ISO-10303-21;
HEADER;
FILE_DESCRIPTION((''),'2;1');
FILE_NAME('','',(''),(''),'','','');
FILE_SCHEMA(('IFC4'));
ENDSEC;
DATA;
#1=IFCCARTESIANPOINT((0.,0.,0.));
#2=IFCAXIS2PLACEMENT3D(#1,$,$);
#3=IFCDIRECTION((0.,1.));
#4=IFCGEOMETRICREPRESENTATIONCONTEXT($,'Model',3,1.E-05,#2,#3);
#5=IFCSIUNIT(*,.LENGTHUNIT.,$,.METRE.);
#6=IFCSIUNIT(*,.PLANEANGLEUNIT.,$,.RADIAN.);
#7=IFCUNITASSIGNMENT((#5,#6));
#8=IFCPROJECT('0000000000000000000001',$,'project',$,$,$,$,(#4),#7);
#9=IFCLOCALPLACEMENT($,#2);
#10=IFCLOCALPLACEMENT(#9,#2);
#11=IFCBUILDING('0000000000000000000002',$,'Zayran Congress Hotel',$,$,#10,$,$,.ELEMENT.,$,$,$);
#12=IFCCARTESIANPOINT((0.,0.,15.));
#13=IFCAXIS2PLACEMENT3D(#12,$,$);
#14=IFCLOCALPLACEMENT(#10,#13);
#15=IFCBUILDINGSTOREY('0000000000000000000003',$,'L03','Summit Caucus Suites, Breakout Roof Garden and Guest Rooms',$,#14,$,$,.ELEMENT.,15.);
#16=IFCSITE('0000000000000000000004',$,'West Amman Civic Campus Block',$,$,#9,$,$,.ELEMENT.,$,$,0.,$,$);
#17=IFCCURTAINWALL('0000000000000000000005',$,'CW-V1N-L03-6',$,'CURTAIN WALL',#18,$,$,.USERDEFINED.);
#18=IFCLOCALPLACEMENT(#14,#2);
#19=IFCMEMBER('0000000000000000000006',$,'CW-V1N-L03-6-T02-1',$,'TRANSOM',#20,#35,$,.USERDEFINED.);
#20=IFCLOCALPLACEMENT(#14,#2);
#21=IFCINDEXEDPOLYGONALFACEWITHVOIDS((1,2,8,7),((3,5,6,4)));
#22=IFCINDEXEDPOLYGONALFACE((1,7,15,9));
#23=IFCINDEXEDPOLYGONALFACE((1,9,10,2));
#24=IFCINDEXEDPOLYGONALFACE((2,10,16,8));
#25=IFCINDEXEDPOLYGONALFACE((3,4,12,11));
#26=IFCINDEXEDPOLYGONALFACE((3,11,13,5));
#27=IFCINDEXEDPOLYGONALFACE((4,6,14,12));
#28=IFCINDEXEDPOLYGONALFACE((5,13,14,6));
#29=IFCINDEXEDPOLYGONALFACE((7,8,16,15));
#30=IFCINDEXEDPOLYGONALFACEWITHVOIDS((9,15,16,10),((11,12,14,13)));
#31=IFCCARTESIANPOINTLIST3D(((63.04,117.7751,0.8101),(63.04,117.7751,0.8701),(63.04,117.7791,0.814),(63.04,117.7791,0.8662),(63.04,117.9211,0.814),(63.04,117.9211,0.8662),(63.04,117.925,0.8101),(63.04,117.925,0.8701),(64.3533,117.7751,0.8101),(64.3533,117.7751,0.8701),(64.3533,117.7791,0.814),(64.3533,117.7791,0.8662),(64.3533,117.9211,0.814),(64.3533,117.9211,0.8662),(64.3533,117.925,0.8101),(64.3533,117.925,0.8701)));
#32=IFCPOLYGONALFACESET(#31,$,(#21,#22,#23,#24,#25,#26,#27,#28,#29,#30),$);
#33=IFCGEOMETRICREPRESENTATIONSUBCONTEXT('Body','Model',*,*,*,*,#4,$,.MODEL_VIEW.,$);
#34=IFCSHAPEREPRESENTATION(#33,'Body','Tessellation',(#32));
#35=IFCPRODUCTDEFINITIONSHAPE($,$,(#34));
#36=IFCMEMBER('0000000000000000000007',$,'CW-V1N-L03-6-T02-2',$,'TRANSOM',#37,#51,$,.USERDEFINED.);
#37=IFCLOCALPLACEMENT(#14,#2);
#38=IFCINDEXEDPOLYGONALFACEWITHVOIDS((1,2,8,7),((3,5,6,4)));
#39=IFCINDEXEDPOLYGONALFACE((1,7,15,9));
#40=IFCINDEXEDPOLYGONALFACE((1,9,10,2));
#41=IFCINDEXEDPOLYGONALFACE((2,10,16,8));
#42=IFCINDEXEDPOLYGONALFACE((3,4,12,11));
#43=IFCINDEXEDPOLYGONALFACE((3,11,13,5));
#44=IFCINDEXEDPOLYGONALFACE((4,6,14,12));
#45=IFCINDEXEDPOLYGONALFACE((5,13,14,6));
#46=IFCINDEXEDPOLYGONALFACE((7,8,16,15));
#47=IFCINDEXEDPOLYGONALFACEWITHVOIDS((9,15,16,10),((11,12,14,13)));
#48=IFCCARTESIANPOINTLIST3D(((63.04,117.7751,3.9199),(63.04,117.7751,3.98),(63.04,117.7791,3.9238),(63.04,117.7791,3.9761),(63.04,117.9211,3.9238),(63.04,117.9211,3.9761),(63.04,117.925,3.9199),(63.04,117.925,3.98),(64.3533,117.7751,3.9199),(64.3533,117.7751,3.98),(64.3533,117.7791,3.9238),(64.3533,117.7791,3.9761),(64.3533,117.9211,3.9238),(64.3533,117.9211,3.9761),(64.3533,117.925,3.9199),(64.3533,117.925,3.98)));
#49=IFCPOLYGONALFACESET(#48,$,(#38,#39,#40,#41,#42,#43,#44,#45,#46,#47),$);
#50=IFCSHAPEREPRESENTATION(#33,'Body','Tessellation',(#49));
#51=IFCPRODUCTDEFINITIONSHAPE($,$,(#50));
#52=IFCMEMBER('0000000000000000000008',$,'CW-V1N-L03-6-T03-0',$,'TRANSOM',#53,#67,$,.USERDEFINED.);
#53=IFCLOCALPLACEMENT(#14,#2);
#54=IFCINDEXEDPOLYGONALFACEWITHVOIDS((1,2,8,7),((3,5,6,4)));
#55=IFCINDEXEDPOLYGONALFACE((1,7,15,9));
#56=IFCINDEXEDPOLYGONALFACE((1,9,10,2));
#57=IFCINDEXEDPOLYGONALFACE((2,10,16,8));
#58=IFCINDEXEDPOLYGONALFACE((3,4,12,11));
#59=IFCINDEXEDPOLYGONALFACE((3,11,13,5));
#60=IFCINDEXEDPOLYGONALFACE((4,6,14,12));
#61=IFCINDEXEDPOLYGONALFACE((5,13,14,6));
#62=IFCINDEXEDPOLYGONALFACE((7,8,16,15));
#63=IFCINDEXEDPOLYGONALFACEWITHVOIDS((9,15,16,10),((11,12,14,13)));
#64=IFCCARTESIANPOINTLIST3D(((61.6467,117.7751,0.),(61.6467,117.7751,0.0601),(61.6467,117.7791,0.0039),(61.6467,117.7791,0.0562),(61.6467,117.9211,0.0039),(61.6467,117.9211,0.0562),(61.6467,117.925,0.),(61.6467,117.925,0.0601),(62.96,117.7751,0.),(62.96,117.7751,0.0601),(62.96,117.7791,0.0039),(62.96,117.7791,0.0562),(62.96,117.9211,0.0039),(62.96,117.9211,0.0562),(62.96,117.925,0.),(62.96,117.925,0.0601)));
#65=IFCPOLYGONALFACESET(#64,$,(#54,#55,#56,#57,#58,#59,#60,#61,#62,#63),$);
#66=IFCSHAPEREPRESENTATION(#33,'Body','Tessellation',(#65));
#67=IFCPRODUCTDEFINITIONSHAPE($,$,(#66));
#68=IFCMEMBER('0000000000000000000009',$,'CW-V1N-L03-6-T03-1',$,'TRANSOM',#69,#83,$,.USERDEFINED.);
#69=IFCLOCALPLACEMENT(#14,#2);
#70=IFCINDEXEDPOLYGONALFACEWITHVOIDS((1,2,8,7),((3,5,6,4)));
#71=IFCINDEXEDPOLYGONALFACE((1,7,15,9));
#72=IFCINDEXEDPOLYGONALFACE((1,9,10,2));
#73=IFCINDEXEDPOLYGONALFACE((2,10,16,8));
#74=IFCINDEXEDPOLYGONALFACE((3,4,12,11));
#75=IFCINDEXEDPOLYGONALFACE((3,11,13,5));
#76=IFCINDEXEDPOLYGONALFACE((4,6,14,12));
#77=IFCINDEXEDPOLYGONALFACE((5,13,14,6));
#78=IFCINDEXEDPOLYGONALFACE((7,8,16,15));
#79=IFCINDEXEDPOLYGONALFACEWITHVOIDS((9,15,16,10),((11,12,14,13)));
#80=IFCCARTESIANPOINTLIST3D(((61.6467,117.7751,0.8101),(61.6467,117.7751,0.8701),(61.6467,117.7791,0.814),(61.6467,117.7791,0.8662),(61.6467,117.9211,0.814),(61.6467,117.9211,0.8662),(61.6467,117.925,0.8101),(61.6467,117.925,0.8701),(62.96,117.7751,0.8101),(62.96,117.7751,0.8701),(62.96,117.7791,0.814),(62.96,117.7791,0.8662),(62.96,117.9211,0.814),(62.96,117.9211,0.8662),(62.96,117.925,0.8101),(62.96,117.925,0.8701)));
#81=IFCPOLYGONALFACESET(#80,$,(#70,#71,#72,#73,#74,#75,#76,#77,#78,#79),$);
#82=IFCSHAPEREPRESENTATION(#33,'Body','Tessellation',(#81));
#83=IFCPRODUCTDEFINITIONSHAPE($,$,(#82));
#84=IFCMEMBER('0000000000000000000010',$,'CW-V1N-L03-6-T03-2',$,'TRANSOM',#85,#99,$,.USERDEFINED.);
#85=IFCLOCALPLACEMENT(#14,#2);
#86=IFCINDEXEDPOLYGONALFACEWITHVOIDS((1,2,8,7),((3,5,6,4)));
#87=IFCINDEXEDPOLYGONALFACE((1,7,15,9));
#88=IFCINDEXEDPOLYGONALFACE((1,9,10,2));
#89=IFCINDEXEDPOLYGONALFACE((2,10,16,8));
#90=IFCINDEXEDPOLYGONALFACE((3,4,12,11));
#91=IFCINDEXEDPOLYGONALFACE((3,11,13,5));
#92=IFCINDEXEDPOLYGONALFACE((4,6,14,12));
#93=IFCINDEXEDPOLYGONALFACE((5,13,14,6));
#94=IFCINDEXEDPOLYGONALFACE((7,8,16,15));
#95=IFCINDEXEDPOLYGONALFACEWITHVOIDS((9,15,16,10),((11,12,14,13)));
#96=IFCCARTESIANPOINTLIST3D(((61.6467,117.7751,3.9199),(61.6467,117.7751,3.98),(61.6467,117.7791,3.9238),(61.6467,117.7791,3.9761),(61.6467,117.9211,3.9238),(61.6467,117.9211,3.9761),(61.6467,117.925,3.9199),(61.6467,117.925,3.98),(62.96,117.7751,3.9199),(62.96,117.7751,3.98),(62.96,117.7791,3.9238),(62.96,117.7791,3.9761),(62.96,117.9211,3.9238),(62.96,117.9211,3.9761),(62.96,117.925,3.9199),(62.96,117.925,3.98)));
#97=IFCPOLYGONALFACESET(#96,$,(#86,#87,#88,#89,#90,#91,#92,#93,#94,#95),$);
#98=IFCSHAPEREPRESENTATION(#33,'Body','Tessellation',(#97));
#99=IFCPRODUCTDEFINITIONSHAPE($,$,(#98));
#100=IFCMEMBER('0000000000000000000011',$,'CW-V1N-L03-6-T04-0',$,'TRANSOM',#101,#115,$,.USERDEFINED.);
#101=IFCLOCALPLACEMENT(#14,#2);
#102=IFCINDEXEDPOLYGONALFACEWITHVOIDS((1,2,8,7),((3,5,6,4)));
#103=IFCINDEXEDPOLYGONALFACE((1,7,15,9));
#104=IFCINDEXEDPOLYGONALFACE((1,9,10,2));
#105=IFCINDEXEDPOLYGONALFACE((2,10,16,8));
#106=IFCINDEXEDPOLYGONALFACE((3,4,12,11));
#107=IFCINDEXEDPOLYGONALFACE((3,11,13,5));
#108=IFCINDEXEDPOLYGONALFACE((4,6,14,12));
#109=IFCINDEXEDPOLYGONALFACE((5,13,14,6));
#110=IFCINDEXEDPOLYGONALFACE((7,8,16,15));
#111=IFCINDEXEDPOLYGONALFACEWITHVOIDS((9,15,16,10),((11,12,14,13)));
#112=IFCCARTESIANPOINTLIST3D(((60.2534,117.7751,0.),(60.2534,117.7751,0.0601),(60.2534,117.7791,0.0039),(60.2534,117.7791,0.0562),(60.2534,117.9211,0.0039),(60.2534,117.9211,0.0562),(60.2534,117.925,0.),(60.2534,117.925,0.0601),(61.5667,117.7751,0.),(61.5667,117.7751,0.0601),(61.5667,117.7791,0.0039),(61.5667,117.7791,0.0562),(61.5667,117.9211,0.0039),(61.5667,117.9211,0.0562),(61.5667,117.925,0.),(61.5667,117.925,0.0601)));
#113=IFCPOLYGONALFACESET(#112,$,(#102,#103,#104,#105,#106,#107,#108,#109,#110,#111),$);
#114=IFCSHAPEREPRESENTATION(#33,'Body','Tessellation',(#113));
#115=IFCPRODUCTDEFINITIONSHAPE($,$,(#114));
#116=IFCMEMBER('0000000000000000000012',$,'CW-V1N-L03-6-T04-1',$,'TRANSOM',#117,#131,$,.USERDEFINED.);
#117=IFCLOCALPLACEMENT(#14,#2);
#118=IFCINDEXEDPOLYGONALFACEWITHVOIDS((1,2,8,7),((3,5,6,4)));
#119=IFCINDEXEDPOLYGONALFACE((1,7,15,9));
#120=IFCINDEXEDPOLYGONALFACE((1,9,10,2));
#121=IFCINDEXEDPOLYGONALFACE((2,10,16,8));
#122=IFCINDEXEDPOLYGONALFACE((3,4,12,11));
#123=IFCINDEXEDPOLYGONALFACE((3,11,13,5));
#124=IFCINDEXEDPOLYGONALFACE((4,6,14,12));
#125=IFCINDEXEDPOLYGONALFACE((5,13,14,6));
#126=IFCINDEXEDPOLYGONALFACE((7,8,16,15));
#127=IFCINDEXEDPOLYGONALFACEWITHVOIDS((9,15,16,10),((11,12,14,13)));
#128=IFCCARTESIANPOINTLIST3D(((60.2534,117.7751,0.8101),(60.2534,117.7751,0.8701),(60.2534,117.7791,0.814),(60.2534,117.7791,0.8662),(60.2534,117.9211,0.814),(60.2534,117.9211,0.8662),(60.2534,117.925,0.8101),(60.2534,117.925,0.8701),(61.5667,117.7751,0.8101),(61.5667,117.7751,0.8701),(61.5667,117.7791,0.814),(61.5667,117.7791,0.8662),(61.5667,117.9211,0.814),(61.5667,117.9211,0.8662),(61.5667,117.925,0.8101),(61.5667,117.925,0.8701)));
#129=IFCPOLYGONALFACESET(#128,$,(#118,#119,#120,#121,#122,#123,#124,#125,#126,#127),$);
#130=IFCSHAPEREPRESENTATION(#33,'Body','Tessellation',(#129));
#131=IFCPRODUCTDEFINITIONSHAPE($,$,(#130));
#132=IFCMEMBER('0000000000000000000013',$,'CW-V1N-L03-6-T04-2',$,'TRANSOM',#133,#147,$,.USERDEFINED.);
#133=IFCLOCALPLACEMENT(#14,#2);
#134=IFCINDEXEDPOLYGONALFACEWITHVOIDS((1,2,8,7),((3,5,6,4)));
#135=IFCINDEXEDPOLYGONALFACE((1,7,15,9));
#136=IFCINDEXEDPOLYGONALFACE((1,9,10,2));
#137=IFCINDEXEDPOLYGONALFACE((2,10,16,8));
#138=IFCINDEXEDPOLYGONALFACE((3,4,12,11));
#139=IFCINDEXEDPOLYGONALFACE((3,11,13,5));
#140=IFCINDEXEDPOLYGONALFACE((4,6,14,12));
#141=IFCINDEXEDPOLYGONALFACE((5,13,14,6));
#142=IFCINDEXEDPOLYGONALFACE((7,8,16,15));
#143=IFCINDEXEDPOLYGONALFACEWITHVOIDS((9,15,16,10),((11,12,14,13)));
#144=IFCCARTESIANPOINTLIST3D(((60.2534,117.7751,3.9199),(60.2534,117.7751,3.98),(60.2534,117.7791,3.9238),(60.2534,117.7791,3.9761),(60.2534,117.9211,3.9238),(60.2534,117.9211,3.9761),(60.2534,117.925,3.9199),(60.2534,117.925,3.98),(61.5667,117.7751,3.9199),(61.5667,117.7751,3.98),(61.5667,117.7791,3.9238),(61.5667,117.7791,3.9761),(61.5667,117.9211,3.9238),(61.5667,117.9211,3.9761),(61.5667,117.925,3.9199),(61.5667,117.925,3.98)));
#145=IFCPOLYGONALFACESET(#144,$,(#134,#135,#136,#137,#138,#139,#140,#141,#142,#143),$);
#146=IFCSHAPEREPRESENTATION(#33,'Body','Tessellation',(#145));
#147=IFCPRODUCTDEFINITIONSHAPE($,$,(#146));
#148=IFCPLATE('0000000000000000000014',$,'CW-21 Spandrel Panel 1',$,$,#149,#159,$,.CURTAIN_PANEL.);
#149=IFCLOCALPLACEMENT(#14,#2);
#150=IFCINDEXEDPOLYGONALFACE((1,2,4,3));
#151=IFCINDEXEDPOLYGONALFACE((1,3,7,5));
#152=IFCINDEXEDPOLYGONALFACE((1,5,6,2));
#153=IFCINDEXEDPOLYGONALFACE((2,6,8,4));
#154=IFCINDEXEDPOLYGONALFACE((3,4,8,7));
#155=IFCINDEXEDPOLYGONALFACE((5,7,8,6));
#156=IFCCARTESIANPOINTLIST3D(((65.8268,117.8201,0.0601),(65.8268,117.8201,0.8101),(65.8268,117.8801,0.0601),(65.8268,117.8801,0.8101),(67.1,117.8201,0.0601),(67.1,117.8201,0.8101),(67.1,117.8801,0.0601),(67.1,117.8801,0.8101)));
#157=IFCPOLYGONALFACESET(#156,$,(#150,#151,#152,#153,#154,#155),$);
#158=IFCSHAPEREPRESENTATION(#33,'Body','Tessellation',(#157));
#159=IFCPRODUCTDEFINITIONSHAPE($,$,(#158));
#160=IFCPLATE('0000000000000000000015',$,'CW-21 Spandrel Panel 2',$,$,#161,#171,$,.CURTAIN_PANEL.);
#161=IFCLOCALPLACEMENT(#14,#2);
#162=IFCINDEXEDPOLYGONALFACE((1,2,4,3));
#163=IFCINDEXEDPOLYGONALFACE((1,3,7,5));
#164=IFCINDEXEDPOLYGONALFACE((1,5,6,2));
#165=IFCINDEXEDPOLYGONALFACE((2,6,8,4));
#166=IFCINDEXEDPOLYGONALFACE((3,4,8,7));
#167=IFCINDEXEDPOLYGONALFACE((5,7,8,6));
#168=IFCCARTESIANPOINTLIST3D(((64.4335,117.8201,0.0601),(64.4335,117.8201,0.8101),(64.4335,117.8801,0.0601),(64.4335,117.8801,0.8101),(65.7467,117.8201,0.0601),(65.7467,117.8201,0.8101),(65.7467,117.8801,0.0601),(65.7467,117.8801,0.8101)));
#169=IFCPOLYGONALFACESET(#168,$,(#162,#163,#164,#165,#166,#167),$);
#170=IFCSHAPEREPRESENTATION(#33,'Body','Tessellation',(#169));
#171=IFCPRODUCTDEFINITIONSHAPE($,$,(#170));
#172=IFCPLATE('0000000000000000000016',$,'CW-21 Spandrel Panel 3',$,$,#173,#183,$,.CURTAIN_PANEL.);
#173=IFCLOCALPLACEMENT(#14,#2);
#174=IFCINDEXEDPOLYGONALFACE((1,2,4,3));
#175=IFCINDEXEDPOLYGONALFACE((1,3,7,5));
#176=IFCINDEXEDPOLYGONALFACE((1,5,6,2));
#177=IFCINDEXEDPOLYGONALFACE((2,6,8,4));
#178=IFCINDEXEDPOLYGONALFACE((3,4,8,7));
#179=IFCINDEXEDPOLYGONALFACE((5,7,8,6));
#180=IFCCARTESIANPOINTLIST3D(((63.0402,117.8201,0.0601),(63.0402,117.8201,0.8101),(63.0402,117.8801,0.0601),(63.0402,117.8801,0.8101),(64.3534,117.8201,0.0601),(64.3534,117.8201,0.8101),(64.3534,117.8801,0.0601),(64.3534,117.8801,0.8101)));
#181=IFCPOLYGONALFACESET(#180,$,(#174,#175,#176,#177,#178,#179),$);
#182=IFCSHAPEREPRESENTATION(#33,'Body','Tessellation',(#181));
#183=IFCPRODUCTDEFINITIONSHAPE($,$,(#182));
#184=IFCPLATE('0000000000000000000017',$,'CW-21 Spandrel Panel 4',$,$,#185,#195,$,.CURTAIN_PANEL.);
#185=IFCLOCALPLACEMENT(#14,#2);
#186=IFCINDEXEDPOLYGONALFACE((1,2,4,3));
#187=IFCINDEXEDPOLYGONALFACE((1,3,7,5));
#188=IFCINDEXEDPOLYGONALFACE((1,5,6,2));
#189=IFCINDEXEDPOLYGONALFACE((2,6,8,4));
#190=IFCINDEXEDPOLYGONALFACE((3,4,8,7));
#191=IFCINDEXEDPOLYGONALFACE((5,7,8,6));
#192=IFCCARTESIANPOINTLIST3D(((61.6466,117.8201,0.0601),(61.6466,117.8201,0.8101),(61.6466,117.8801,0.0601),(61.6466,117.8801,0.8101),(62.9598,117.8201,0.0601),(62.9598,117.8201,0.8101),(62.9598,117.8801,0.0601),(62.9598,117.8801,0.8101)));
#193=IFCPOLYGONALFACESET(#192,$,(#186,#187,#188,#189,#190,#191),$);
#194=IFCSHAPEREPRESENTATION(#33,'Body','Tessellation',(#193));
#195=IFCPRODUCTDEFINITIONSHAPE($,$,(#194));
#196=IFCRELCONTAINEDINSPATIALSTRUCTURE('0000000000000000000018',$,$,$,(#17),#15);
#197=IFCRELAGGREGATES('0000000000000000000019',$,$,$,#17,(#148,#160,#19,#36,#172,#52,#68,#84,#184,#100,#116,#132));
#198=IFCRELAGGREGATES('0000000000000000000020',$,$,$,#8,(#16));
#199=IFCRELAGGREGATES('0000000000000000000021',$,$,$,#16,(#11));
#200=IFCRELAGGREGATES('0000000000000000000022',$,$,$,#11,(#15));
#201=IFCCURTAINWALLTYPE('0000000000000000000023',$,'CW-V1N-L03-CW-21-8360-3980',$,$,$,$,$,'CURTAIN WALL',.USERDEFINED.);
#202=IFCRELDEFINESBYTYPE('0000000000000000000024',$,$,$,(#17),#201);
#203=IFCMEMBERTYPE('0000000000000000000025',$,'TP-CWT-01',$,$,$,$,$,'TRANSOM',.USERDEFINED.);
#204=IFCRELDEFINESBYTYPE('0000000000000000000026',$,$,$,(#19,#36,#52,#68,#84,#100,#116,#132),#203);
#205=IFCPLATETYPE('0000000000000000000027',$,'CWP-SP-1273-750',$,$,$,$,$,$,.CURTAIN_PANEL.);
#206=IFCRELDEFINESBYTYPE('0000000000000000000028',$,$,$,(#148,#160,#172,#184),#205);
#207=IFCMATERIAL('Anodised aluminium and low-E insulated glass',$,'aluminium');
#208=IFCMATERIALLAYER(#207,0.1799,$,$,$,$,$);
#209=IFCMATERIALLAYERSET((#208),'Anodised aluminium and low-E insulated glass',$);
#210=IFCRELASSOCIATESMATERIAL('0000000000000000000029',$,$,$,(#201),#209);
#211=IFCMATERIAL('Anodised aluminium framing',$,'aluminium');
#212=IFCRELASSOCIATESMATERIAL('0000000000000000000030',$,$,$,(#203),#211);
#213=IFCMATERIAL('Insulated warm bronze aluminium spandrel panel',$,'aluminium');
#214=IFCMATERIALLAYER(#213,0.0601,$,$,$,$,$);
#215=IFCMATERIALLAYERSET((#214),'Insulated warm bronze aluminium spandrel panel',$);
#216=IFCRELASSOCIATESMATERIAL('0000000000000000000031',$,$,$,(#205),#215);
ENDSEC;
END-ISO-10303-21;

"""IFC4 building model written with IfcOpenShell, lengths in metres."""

from ifc_helpers import new_model, si_unit, direction, frame, origin, origin_2d, place, context, subcontext, project, spatial, rectangle, hollow_rectangle, extrude, material, layer, layer_set, material_profile, profile_set, type_object, element, aggregate, save


model = new_model("IFC4")

# Units and contexts
model_context = context("Model", 3, precision=1e-05, world=origin(), true_north=direction((0.0, 1.0)))
body_context = subcontext(model_context, "Body", "Model", "MODEL_VIEW")
ifc_project = project(units=[si_unit("LENGTHUNIT", "METRE"), si_unit("PLANEANGLEUNIT", "RADIAN")], contexts=[model_context])

# Site, building, storey
site_placement = place(None, origin())
site = spatial("IfcSite", under=ifc_project, at=site_placement, Name="West Amman Civic Campus Block", CompositionType="ELEMENT", RefElevation=0.0)
building_placement = place(site_placement, origin())
building = spatial("IfcBuilding", under=site, at=building_placement, Name="Zayran Congress Hotel", CompositionType="ELEMENT")
storey_placement = place(building_placement, frame((0.0, 0.0, 15.0)))
storey = spatial("IfcBuildingStorey", under=building, at=storey_placement, Name="L03", Description="Summit Caucus Suites, Breakout Roof Garden and Guest Rooms", CompositionType="ELEMENT", Elevation=15.0)

# Curtain wall, members, plates
ifc_material_1 = material(Name="Anodised aluminium and low-E insulated glass", Category="aluminium")
ifc_layer_1 = layer(ifc_material_1, 0.1799)
ifc_layer_set_1 = layer_set([ifc_layer_1], Name="Anodised aluminium and low-E insulated glass")
curtain_wall_type = type_object("IfcCurtainWallType", Name="CW-V1N-L03-CW-21-8360-3980", ElementType="CURTAIN WALL", PredefinedType="USERDEFINED", material=ifc_layer_set_1)
curtain_wall_placement = place(storey_placement, origin())
curtain_wall = element("IfcCurtainWall", 1, at=curtain_wall_placement, inside=storey, type_object=curtain_wall_type, Name="CW-V1N-L03-6", ObjectType="CURTAIN WALL", PredefinedType="USERDEFINED")
ifc_material_2 = material(Name="Anodised aluminium framing", Category="aluminium")
ifc_material_profile_1 = material_profile(ifc_material_2, hollow_rectangle(XDim=0.0601, YDim=0.1499, WallThickness=0.0039, at=origin_2d()), Name="RHS 150x60x4")
ifc_profile_set_1 = profile_set([ifc_material_profile_1], Name="Anodised aluminium framing")
member_type_1 = type_object("IfcMemberType", Name="TP-CWT-01", ElementType="TRANSOM", PredefinedType="USERDEFINED", material=ifc_profile_set_1)
member_1_placement = place(storey_placement, frame((64.3533, 117.8501, 0.8401), z_axis=(-1.0, 0.0, 0.0), x_axis=(0.0, 0.0, 1.0)))
member_1 = element("IfcMember", 2, at=member_1_placement, type_object=member_type_1, Name="CW-V1N-L03-6-T02-1", ObjectType="TRANSOM", PredefinedType="USERDEFINED", context=body_context, shape_type="SweptSolid", body=[
    extrude(hollow_rectangle(XDim=0.0601, YDim=0.1499, WallThickness=0.0039, at=origin_2d()), origin(), (0.0, 0.0, 1.0), 1.3132),
])
member_2_placement = place(storey_placement, frame((64.3533, 117.8501, 3.95), z_axis=(-1.0, 0.0, 0.0), x_axis=(0.0, 0.0, 1.0)))
member_2 = element("IfcMember", 3, at=member_2_placement, type_object=member_type_1, Name="CW-V1N-L03-6-T02-2", ObjectType="TRANSOM", PredefinedType="USERDEFINED", context=body_context, shape_type="SweptSolid", body=[
    extrude(hollow_rectangle(XDim=0.0601, YDim=0.1499, WallThickness=0.0039, at=origin_2d()), origin(), (0.0, 0.0, 1.0), 1.3132),
])
member_3_placement = place(storey_placement, frame((62.96, 117.8501, 0.03), z_axis=(-1.0, 0.0, 0.0), x_axis=(0.0, 0.0, 1.0)))
member_3 = element("IfcMember", 4, at=member_3_placement, type_object=member_type_1, Name="CW-V1N-L03-6-T03-0", ObjectType="TRANSOM", PredefinedType="USERDEFINED", context=body_context, shape_type="SweptSolid", body=[
    extrude(hollow_rectangle(XDim=0.0601, YDim=0.1499, WallThickness=0.0039, at=origin_2d()), origin(), (0.0, 0.0, 1.0), 1.3132),
])
member_4_placement = place(storey_placement, frame((62.96, 117.8501, 0.8401), z_axis=(-1.0, 0.0, 0.0), x_axis=(0.0, 0.0, 1.0)))
member_4 = element("IfcMember", 5, at=member_4_placement, type_object=member_type_1, Name="CW-V1N-L03-6-T03-1", ObjectType="TRANSOM", PredefinedType="USERDEFINED", context=body_context, shape_type="SweptSolid", body=[
    extrude(hollow_rectangle(XDim=0.0601, YDim=0.1499, WallThickness=0.0039, at=origin_2d()), origin(), (0.0, 0.0, 1.0), 1.3132),
])
member_5_placement = place(storey_placement, frame((62.96, 117.8501, 3.95), z_axis=(-1.0, 0.0, 0.0), x_axis=(0.0, 0.0, 1.0)))
member_5 = element("IfcMember", 6, at=member_5_placement, type_object=member_type_1, Name="CW-V1N-L03-6-T03-2", ObjectType="TRANSOM", PredefinedType="USERDEFINED", context=body_context, shape_type="SweptSolid", body=[
    extrude(hollow_rectangle(XDim=0.0601, YDim=0.1499, WallThickness=0.0039, at=origin_2d()), origin(), (0.0, 0.0, 1.0), 1.3132),
])
member_6_placement = place(storey_placement, frame((61.5667, 117.8501, 0.03), z_axis=(-1.0, 0.0, 0.0), x_axis=(0.0, 0.0, 1.0)))
member_6 = element("IfcMember", 7, at=member_6_placement, type_object=member_type_1, Name="CW-V1N-L03-6-T04-0", ObjectType="TRANSOM", PredefinedType="USERDEFINED", context=body_context, shape_type="SweptSolid", body=[
    extrude(hollow_rectangle(XDim=0.0601, YDim=0.1499, WallThickness=0.0039, at=origin_2d()), origin(), (0.0, 0.0, 1.0), 1.3132),
])
member_7_placement = place(storey_placement, frame((61.5667, 117.8501, 0.8401), z_axis=(-1.0, 0.0, 0.0), x_axis=(0.0, 0.0, 1.0)))
member_7 = element("IfcMember", 8, at=member_7_placement, type_object=member_type_1, Name="CW-V1N-L03-6-T04-1", ObjectType="TRANSOM", PredefinedType="USERDEFINED", context=body_context, shape_type="SweptSolid", body=[
    extrude(hollow_rectangle(XDim=0.0601, YDim=0.1499, WallThickness=0.0039, at=origin_2d()), origin(), (0.0, 0.0, 1.0), 1.3132),
])
member_8_placement = place(storey_placement, frame((61.5667, 117.8501, 3.95), z_axis=(-1.0, 0.0, 0.0), x_axis=(0.0, 0.0, 1.0)))
member_8 = element("IfcMember", 9, at=member_8_placement, type_object=member_type_1, Name="CW-V1N-L03-6-T04-2", ObjectType="TRANSOM", PredefinedType="USERDEFINED", context=body_context, shape_type="SweptSolid", body=[
    extrude(hollow_rectangle(XDim=0.0601, YDim=0.1499, WallThickness=0.0039, at=origin_2d()), origin(), (0.0, 0.0, 1.0), 1.3132),
])
ifc_material_3 = material(Name="Insulated warm bronze aluminium spandrel panel", Category="aluminium")
ifc_layer_2 = layer(ifc_material_3, 0.0601)
ifc_layer_set_2 = layer_set([ifc_layer_2], Name="Insulated warm bronze aluminium spandrel panel")
plate_type_1 = type_object("IfcPlateType", Name="CWP-SP-1273-750", PredefinedType="CURTAIN_PANEL", material=ifc_layer_set_2)
plate_1_placement = place(storey_placement, frame((66.4634, 117.8501, 0.0601), z_axis=(0.0, 0.0, 1.0), x_axis=(1.0, 0.0, 0.0)))
plate_1 = element("IfcPlate", 10, at=plate_1_placement, type_object=plate_type_1, Name="CW-21 Spandrel Panel 1", PredefinedType="CURTAIN_PANEL", context=body_context, shape_type="SweptSolid", body=[
    extrude(rectangle(XDim=1.2732, YDim=0.0601, at=origin_2d()), origin(), (0.0, 0.0, 1.0), 0.75),
])
plate_2_placement = place(storey_placement, frame((65.0901, 117.8501, 0.0601), z_axis=(0.0, 0.0, 1.0), x_axis=(1.0, 0.0, 0.0)))
plate_2 = element("IfcPlate", 11, at=plate_2_placement, type_object=plate_type_1, Name="CW-21 Spandrel Panel 2", PredefinedType="CURTAIN_PANEL", context=body_context, shape_type="SweptSolid", body=[
    extrude(rectangle(XDim=1.3132, YDim=0.0601, at=origin_2d()), origin(), (0.0, 0.0, 1.0), 0.75),
])
plate_3_placement = place(storey_placement, frame((63.6968, 117.8501, 0.0601), z_axis=(0.0, 0.0, 1.0), x_axis=(1.0, 0.0, 0.0)))
plate_3 = element("IfcPlate", 12, at=plate_3_placement, type_object=plate_type_1, Name="CW-21 Spandrel Panel 3", PredefinedType="CURTAIN_PANEL", context=body_context, shape_type="SweptSolid", body=[
    extrude(rectangle(XDim=1.3132, YDim=0.0601, at=origin_2d()), origin(), (0.0, 0.0, 1.0), 0.75),
])
plate_4_placement = place(storey_placement, frame((62.3032, 117.8501, 0.0601), z_axis=(0.0, 0.0, 1.0), x_axis=(1.0, 0.0, 0.0)))
plate_4 = element("IfcPlate", 13, at=plate_4_placement, type_object=plate_type_1, Name="CW-21 Spandrel Panel 4", PredefinedType="CURTAIN_PANEL", context=body_context, shape_type="SweptSolid", body=[
    extrude(rectangle(XDim=1.3132, YDim=0.0601, at=origin_2d()), origin(), (0.0, 0.0, 1.0), 0.75),
])
aggregate(curtain_wall, [plate_1, plate_2, member_1, member_2, plate_3, member_3, member_4, member_5, plate_4, member_6, member_7, member_8])

save(model, "model.ifc")
